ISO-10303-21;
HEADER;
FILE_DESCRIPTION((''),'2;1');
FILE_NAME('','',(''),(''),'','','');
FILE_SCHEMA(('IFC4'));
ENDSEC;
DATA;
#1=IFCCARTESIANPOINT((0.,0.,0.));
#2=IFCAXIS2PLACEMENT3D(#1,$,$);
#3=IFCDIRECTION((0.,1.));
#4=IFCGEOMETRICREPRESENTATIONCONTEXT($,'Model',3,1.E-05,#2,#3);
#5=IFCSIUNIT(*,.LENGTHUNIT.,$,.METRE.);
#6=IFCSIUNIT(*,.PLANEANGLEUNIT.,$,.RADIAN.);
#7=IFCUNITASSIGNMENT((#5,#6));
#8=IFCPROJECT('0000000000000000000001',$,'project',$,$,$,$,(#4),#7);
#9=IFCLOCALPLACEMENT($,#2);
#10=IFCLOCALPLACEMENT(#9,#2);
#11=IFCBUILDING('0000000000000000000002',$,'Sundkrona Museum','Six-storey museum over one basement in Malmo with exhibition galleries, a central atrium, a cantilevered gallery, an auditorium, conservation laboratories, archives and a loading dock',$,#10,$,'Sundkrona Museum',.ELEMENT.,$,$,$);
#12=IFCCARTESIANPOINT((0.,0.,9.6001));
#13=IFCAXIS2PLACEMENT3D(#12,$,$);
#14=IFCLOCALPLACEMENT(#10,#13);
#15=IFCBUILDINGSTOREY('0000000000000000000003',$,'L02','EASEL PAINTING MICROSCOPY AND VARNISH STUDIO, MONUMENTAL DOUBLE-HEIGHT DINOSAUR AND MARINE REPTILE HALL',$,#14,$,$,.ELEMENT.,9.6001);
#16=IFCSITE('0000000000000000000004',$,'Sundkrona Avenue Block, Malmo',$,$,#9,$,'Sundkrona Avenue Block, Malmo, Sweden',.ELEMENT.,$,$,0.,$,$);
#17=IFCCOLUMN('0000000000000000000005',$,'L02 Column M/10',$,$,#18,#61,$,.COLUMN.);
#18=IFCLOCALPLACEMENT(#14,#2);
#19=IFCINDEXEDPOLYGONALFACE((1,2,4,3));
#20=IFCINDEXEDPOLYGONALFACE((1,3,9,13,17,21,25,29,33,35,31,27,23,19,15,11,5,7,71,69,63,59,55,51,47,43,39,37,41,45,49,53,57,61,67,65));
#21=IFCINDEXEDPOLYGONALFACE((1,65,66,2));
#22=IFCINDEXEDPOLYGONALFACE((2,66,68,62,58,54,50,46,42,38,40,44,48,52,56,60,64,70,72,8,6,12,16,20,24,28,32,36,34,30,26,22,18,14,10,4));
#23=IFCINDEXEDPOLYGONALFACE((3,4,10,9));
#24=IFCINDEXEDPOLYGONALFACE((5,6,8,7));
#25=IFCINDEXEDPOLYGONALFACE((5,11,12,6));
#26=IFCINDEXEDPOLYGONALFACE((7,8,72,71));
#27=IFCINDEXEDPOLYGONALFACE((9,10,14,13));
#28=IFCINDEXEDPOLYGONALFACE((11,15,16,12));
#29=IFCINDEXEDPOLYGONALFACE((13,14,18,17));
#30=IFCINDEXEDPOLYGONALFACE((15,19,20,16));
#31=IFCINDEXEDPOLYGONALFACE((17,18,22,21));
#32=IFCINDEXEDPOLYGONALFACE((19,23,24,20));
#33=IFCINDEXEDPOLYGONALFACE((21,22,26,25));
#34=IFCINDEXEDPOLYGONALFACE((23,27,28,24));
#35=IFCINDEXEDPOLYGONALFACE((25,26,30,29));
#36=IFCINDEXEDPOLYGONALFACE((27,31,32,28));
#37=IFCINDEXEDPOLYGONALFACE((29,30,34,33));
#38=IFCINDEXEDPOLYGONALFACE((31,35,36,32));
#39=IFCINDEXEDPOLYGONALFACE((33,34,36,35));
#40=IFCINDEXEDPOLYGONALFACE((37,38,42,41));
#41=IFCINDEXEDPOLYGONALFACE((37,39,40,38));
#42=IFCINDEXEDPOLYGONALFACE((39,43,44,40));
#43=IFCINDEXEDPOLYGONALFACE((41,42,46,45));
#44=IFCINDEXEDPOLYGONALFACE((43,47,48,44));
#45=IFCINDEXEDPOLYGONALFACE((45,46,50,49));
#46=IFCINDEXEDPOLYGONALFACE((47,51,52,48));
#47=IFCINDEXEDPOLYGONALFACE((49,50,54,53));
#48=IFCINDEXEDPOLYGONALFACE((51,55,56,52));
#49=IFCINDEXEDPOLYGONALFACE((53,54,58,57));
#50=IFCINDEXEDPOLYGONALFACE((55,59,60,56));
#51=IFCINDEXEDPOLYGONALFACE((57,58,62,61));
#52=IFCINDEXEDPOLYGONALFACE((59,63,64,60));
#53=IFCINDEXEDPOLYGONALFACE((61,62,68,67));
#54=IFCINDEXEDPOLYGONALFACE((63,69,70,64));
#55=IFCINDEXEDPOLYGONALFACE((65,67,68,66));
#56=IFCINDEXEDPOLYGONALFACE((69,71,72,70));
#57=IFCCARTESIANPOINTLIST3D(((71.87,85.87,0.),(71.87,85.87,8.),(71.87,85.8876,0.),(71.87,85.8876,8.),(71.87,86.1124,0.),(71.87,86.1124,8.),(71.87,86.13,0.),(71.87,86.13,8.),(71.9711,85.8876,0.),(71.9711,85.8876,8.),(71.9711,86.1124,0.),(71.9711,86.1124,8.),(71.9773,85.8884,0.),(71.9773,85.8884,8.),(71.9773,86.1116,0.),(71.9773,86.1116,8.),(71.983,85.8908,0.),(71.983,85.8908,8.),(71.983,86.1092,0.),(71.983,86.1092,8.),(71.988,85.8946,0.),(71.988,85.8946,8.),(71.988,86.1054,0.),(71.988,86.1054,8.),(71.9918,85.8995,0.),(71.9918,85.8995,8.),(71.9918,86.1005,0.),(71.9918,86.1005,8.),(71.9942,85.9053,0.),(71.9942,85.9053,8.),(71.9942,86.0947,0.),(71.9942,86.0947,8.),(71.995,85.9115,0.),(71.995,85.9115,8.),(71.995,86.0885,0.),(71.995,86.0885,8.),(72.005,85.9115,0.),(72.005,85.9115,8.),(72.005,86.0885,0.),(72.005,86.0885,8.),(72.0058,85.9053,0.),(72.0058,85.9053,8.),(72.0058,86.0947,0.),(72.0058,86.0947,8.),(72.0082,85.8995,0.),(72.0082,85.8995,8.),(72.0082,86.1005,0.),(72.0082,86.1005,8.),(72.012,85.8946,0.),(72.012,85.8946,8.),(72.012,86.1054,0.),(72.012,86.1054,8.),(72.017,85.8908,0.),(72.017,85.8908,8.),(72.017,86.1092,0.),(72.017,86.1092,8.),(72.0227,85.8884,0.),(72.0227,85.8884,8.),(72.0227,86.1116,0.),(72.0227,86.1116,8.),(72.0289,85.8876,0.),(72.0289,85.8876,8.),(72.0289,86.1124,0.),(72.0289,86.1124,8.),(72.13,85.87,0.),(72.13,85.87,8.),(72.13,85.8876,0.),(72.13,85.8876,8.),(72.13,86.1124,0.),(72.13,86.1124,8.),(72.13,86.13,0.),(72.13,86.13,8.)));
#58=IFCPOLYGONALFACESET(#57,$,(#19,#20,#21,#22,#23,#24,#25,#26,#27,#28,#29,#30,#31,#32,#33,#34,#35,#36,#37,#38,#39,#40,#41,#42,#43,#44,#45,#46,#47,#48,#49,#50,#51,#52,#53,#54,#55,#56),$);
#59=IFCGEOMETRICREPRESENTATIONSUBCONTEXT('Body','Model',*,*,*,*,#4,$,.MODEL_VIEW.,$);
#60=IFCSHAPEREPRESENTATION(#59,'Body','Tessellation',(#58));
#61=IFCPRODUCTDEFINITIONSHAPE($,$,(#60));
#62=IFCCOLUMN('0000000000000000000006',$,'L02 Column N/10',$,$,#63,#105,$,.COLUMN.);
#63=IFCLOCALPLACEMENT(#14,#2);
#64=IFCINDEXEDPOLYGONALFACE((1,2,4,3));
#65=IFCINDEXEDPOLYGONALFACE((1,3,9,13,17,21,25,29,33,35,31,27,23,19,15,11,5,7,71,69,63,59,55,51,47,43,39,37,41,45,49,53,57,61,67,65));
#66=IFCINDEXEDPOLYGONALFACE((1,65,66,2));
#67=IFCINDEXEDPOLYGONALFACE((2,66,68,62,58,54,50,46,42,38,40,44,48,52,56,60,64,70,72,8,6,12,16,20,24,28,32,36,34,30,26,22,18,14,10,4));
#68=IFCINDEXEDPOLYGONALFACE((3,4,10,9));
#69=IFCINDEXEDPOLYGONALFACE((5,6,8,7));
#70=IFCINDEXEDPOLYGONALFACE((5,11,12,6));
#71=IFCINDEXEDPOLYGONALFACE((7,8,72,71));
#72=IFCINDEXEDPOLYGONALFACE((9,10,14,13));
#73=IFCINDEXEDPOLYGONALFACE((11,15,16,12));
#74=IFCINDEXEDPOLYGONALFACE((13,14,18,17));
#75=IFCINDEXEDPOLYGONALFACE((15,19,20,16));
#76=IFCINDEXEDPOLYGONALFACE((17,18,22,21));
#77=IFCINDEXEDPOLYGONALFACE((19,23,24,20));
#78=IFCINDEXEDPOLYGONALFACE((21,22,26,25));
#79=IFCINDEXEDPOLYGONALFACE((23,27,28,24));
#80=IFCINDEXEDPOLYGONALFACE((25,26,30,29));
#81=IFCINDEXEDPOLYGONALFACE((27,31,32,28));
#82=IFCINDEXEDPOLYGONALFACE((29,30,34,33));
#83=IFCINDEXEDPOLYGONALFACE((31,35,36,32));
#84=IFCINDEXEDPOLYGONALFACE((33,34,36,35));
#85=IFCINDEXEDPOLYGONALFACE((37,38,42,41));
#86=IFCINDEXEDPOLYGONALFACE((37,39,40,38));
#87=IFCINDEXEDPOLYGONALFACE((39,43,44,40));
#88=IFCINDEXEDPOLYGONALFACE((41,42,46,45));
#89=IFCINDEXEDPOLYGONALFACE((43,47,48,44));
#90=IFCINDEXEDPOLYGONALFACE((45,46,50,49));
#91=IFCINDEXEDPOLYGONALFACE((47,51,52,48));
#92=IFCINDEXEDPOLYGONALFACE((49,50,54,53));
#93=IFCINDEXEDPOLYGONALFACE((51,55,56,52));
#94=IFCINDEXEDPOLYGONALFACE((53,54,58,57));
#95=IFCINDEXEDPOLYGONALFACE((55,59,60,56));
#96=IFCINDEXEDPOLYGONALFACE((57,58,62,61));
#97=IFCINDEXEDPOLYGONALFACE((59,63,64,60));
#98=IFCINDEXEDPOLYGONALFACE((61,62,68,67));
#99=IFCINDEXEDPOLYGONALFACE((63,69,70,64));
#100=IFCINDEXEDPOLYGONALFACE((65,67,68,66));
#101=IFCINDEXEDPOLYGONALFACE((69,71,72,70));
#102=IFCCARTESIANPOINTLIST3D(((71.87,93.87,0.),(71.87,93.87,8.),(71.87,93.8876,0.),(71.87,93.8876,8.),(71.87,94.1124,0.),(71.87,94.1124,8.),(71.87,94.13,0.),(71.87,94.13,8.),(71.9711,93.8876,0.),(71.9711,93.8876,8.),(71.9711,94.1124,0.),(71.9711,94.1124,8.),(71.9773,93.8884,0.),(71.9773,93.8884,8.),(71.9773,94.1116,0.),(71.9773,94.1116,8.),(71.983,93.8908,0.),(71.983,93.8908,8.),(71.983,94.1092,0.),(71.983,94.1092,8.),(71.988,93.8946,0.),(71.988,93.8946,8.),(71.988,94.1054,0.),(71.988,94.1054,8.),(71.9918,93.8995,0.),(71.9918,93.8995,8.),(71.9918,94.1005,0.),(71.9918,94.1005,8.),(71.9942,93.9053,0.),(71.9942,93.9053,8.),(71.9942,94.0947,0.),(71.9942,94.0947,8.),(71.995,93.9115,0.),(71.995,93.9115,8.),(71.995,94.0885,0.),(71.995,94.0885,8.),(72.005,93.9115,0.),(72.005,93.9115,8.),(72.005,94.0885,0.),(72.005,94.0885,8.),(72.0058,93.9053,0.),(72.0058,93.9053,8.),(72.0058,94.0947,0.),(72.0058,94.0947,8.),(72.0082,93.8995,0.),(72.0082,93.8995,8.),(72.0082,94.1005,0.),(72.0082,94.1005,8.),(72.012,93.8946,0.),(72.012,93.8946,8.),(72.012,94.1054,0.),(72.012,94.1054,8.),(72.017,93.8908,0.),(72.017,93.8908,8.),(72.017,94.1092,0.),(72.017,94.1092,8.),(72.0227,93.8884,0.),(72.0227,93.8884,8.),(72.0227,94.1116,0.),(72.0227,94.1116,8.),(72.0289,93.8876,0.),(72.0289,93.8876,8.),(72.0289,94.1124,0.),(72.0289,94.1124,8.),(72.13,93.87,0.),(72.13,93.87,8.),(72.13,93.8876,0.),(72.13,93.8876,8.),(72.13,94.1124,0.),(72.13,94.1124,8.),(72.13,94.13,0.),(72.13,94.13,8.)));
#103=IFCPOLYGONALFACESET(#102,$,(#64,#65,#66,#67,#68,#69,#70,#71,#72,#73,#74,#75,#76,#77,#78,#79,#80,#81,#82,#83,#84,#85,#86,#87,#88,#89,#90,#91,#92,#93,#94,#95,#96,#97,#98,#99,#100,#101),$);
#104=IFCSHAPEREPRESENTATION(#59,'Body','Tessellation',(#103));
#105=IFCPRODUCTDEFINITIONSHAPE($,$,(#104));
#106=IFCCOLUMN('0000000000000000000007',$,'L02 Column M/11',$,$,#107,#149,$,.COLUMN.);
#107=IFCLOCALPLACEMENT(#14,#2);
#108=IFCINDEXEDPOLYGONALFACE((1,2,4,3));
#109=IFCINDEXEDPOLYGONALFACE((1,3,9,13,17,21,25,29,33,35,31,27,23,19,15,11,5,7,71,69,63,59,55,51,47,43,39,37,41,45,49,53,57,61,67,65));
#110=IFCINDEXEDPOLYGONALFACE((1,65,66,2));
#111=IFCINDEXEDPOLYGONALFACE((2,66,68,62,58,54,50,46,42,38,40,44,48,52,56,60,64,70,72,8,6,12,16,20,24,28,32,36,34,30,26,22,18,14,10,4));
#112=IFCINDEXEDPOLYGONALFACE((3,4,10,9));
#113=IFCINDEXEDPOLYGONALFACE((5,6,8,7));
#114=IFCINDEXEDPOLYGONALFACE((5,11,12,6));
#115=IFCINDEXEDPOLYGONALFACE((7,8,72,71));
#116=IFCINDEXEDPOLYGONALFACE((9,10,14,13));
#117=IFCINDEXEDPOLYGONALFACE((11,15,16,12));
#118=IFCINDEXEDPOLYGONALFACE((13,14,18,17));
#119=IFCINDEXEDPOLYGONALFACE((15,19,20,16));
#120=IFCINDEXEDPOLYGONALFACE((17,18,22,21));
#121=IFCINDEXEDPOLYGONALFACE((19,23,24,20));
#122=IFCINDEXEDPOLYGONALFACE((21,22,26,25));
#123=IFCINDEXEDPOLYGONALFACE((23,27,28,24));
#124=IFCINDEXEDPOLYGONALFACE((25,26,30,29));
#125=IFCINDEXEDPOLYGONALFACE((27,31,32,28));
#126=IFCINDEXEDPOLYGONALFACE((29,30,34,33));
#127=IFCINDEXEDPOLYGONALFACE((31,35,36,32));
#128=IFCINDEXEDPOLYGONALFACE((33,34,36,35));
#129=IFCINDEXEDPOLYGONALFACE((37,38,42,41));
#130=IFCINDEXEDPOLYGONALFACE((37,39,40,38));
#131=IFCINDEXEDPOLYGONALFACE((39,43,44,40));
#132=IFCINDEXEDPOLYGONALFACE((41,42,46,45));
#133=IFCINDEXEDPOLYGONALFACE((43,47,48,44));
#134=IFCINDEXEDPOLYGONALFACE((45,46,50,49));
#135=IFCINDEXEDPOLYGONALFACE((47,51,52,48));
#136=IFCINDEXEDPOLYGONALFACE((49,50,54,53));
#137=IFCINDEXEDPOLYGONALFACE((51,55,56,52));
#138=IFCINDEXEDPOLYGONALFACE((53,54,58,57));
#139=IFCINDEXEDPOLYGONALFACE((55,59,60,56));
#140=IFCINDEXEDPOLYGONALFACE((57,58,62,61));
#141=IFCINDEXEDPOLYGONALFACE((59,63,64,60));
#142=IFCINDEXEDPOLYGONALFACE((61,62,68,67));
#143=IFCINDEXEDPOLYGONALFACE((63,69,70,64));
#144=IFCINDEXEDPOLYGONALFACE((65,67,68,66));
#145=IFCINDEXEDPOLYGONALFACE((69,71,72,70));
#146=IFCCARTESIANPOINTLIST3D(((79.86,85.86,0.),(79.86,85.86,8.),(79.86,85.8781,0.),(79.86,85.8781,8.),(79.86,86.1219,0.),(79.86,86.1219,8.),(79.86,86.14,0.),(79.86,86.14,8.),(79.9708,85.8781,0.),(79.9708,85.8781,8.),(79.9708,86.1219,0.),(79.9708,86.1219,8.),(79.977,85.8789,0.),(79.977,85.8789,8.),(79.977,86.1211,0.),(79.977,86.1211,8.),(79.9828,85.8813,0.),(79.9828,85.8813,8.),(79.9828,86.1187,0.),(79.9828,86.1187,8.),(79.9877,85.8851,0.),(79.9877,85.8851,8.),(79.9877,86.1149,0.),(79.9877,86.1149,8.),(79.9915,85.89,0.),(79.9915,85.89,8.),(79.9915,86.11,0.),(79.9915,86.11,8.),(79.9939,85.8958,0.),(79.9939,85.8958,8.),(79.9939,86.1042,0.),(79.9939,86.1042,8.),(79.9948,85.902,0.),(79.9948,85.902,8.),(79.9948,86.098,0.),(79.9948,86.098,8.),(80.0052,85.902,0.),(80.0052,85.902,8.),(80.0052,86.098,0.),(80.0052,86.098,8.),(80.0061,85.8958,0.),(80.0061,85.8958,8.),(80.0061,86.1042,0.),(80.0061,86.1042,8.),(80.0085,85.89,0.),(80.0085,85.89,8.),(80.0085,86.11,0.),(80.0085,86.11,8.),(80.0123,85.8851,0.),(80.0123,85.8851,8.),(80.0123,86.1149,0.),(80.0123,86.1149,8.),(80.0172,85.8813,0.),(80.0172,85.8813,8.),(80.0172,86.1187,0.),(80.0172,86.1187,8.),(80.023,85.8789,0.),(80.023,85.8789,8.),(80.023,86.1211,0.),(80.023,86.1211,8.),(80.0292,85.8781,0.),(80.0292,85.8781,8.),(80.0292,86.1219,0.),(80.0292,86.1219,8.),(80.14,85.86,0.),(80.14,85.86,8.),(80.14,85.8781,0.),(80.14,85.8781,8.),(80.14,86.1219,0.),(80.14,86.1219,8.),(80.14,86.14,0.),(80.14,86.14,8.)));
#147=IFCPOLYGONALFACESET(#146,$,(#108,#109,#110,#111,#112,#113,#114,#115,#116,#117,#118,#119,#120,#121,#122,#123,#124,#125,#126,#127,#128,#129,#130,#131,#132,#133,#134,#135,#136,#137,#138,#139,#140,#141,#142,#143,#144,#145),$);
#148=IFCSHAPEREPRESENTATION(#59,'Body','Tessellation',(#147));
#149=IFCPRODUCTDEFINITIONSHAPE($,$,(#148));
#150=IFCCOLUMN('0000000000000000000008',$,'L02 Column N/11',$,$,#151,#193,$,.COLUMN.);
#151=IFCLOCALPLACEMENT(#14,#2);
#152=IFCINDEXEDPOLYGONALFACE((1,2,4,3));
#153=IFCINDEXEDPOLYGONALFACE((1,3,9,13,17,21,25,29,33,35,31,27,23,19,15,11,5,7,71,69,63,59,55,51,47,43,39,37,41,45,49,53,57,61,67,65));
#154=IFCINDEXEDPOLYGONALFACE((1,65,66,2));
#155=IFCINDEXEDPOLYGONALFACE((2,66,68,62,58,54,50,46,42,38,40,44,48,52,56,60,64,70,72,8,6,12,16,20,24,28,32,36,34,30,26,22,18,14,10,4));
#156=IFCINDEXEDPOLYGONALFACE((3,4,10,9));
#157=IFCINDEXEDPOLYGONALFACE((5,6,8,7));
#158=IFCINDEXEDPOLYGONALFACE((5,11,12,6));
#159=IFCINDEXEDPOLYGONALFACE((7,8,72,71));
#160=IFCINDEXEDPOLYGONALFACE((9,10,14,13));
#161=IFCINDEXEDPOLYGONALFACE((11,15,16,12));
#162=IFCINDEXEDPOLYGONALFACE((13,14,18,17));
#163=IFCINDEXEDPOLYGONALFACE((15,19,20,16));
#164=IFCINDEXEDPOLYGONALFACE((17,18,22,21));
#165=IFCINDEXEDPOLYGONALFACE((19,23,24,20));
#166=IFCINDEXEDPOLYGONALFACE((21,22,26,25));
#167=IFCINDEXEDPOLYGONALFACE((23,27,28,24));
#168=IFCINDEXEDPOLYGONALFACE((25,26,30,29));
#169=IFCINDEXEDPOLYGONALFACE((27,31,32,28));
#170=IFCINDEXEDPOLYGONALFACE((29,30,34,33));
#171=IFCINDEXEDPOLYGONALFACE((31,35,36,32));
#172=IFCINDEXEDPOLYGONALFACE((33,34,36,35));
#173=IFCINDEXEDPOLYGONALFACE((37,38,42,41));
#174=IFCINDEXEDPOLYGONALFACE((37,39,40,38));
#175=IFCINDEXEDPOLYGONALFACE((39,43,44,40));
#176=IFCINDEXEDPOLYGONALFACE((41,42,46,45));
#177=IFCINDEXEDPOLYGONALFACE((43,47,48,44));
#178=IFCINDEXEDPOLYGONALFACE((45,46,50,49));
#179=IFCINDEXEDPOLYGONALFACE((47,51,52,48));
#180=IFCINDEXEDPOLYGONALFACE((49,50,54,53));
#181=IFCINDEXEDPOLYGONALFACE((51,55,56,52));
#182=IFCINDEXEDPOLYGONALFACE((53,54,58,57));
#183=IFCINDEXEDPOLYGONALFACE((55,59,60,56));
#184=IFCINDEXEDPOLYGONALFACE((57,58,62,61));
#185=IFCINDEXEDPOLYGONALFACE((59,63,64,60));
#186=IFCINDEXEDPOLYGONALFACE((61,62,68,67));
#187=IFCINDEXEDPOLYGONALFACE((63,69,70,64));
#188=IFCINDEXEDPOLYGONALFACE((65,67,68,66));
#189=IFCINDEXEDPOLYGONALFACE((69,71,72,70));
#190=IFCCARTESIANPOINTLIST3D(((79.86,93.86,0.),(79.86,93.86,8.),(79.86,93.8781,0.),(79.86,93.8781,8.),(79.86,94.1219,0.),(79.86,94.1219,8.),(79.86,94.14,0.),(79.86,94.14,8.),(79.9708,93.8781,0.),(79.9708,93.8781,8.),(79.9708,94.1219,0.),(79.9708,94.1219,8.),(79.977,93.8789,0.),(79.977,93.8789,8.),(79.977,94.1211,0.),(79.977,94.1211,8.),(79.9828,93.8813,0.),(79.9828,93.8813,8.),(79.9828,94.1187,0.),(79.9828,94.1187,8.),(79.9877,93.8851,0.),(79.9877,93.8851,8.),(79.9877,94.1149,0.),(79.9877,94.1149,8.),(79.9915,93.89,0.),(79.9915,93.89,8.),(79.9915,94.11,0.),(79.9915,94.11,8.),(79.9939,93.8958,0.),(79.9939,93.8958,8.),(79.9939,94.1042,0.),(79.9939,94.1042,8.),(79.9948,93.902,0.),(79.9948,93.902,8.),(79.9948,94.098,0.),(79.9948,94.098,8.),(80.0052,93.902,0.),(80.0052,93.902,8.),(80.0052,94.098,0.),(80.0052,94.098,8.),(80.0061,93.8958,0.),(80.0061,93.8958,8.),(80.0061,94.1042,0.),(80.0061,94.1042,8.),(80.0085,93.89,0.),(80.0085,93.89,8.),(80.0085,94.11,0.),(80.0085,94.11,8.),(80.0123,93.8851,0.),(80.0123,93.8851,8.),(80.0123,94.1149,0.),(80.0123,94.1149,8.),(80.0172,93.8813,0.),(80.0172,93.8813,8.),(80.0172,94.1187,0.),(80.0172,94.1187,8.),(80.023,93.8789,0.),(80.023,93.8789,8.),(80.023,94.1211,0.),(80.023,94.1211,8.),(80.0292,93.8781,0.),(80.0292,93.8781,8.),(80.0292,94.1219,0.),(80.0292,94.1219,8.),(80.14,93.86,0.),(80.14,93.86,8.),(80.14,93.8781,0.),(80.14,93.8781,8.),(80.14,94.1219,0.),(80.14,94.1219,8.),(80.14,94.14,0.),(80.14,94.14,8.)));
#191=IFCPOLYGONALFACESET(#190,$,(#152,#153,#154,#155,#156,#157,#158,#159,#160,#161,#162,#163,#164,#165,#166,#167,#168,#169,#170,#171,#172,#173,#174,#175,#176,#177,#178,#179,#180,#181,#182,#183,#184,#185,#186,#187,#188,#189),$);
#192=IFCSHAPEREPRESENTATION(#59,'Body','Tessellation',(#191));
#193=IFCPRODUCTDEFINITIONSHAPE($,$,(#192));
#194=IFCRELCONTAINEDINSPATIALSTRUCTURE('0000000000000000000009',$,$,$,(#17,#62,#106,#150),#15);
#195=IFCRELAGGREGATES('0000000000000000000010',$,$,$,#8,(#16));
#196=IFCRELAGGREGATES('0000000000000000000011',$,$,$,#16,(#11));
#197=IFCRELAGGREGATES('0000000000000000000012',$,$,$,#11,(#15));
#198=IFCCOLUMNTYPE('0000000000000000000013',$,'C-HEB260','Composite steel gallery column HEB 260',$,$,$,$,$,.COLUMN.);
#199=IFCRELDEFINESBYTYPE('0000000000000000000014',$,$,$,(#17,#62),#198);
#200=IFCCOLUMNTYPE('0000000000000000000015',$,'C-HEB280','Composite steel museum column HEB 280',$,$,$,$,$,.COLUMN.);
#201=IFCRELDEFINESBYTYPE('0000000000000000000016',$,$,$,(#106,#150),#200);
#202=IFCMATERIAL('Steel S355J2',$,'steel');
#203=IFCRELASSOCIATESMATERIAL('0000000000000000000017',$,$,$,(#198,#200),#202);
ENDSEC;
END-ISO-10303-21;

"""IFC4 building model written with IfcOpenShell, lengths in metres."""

from ifc_helpers import new_model, si_unit, direction, frame, origin, origin_2d, place, context, subcontext, project, spatial, i_section, extrude, material, material_profile, profile_set, type_object, element, save


model = new_model("IFC4")

# Units and contexts
model_context = context("Model", 3, precision=1e-05, world=origin(), true_north=direction((0.0, 1.0)))
body_context = subcontext(model_context, "Body", "Model", "MODEL_VIEW")
ifc_project = project(units=[si_unit("LENGTHUNIT", "METRE"), si_unit("PLANEANGLEUNIT", "RADIAN")], contexts=[model_context])

# Site, building, storey
site_placement = place(None, origin())
site = spatial("IfcSite", under=ifc_project, at=site_placement, Name="Sundkrona Avenue Block, Malmo", LongName="Sundkrona Avenue Block, Malmo, Sweden", CompositionType="ELEMENT", RefElevation=0.0)
building_placement = place(site_placement, origin())
building = spatial("IfcBuilding", under=site, at=building_placement, Name="Sundkrona Museum", Description="Six-storey museum over one basement in Malmo with exhibition galleries, a central atrium, a cantilevered gallery, an auditorium, conservation laboratories, archives and a loading dock", LongName="Sundkrona Museum", CompositionType="ELEMENT")
storey_placement = place(building_placement, frame((0.0, 0.0, 9.6001)))
storey = spatial("IfcBuildingStorey", under=building, at=storey_placement, Name="L02", Description="EASEL PAINTING MICROSCOPY AND VARNISH STUDIO, MONUMENTAL DOUBLE-HEIGHT DINOSAUR AND MARINE REPTILE HALL", CompositionType="ELEMENT", Elevation=9.6001)

# Columns
ifc_material_1 = material(Name="Steel S355J2", Category="steel")
ifc_material_profile_1 = material_profile(ifc_material_1, i_section(OverallWidth=0.26, OverallDepth=0.26, WebThickness=0.01, FlangeThickness=0.0176, FilletRadius=0.0239, at=origin_2d()), Name="HEB 260")
ifc_profile_set_1 = profile_set([ifc_material_profile_1], Name="Steel S355J2")
column_type_1 = type_object("IfcColumnType", Name="C-HEB260", Description="Composite steel gallery column HEB 260", PredefinedType="COLUMN", material=ifc_profile_set_1)
for number, where, z_axis, x_axis, name in (
    (1, (72.0, 86.0, 0.0), (0.0, 0.0, 1.0), (1.0, 0.0, 0.0), "L02 Column M/10"),
    (2, (72.0, 94.0, 0.0), (0.0, 0.0, 1.0), (1.0, 0.0, 0.0), "L02 Column N/10"),
):
    element("IfcColumn", number, at=place(storey_placement, frame(where, z_axis=z_axis, x_axis=x_axis)), inside=storey, type_object=column_type_1, Name=name, PredefinedType="COLUMN", context=body_context, shape_type="SweptSolid", body=[
        extrude(i_section(OverallWidth=0.26, OverallDepth=0.26, WebThickness=0.01, FlangeThickness=0.0176, FilletRadius=0.0239, at=origin_2d()), origin(), (0.0, 0.0, 1.0), 8.0),
    ])
ifc_material_profile_2 = material_profile(ifc_material_1, i_section(OverallWidth=0.28, OverallDepth=0.28, WebThickness=0.0105, FlangeThickness=0.0181, FilletRadius=0.0239, at=origin_2d()), Name="HEB 280")
ifc_profile_set_2 = profile_set([ifc_material_profile_2], Name="Steel S355J2")
column_type_2 = type_object("IfcColumnType", Name="C-HEB280", Description="Composite steel museum column HEB 280", PredefinedType="COLUMN", material=ifc_profile_set_2)
for number, where, z_axis, x_axis, name in (
    (3, (80.0, 86.0, 0.0), (0.0, 0.0, 1.0), (1.0, 0.0, 0.0), "L02 Column M/11"),
    (4, (80.0, 94.0, 0.0), (0.0, 0.0, 1.0), (1.0, 0.0, 0.0), "L02 Column N/11"),
):
    element("IfcColumn", number, at=place(storey_placement, frame(where, z_axis=z_axis, x_axis=x_axis)), inside=storey, type_object=column_type_2, Name=name, PredefinedType="COLUMN", context=body_context, shape_type="SweptSolid", body=[
        extrude(i_section(OverallWidth=0.28, OverallDepth=0.28, WebThickness=0.0105, FlangeThickness=0.0181, FilletRadius=0.0239, at=origin_2d()), origin(), (0.0, 0.0, 1.0), 8.0),
    ])

save(model, "model.ifc")
